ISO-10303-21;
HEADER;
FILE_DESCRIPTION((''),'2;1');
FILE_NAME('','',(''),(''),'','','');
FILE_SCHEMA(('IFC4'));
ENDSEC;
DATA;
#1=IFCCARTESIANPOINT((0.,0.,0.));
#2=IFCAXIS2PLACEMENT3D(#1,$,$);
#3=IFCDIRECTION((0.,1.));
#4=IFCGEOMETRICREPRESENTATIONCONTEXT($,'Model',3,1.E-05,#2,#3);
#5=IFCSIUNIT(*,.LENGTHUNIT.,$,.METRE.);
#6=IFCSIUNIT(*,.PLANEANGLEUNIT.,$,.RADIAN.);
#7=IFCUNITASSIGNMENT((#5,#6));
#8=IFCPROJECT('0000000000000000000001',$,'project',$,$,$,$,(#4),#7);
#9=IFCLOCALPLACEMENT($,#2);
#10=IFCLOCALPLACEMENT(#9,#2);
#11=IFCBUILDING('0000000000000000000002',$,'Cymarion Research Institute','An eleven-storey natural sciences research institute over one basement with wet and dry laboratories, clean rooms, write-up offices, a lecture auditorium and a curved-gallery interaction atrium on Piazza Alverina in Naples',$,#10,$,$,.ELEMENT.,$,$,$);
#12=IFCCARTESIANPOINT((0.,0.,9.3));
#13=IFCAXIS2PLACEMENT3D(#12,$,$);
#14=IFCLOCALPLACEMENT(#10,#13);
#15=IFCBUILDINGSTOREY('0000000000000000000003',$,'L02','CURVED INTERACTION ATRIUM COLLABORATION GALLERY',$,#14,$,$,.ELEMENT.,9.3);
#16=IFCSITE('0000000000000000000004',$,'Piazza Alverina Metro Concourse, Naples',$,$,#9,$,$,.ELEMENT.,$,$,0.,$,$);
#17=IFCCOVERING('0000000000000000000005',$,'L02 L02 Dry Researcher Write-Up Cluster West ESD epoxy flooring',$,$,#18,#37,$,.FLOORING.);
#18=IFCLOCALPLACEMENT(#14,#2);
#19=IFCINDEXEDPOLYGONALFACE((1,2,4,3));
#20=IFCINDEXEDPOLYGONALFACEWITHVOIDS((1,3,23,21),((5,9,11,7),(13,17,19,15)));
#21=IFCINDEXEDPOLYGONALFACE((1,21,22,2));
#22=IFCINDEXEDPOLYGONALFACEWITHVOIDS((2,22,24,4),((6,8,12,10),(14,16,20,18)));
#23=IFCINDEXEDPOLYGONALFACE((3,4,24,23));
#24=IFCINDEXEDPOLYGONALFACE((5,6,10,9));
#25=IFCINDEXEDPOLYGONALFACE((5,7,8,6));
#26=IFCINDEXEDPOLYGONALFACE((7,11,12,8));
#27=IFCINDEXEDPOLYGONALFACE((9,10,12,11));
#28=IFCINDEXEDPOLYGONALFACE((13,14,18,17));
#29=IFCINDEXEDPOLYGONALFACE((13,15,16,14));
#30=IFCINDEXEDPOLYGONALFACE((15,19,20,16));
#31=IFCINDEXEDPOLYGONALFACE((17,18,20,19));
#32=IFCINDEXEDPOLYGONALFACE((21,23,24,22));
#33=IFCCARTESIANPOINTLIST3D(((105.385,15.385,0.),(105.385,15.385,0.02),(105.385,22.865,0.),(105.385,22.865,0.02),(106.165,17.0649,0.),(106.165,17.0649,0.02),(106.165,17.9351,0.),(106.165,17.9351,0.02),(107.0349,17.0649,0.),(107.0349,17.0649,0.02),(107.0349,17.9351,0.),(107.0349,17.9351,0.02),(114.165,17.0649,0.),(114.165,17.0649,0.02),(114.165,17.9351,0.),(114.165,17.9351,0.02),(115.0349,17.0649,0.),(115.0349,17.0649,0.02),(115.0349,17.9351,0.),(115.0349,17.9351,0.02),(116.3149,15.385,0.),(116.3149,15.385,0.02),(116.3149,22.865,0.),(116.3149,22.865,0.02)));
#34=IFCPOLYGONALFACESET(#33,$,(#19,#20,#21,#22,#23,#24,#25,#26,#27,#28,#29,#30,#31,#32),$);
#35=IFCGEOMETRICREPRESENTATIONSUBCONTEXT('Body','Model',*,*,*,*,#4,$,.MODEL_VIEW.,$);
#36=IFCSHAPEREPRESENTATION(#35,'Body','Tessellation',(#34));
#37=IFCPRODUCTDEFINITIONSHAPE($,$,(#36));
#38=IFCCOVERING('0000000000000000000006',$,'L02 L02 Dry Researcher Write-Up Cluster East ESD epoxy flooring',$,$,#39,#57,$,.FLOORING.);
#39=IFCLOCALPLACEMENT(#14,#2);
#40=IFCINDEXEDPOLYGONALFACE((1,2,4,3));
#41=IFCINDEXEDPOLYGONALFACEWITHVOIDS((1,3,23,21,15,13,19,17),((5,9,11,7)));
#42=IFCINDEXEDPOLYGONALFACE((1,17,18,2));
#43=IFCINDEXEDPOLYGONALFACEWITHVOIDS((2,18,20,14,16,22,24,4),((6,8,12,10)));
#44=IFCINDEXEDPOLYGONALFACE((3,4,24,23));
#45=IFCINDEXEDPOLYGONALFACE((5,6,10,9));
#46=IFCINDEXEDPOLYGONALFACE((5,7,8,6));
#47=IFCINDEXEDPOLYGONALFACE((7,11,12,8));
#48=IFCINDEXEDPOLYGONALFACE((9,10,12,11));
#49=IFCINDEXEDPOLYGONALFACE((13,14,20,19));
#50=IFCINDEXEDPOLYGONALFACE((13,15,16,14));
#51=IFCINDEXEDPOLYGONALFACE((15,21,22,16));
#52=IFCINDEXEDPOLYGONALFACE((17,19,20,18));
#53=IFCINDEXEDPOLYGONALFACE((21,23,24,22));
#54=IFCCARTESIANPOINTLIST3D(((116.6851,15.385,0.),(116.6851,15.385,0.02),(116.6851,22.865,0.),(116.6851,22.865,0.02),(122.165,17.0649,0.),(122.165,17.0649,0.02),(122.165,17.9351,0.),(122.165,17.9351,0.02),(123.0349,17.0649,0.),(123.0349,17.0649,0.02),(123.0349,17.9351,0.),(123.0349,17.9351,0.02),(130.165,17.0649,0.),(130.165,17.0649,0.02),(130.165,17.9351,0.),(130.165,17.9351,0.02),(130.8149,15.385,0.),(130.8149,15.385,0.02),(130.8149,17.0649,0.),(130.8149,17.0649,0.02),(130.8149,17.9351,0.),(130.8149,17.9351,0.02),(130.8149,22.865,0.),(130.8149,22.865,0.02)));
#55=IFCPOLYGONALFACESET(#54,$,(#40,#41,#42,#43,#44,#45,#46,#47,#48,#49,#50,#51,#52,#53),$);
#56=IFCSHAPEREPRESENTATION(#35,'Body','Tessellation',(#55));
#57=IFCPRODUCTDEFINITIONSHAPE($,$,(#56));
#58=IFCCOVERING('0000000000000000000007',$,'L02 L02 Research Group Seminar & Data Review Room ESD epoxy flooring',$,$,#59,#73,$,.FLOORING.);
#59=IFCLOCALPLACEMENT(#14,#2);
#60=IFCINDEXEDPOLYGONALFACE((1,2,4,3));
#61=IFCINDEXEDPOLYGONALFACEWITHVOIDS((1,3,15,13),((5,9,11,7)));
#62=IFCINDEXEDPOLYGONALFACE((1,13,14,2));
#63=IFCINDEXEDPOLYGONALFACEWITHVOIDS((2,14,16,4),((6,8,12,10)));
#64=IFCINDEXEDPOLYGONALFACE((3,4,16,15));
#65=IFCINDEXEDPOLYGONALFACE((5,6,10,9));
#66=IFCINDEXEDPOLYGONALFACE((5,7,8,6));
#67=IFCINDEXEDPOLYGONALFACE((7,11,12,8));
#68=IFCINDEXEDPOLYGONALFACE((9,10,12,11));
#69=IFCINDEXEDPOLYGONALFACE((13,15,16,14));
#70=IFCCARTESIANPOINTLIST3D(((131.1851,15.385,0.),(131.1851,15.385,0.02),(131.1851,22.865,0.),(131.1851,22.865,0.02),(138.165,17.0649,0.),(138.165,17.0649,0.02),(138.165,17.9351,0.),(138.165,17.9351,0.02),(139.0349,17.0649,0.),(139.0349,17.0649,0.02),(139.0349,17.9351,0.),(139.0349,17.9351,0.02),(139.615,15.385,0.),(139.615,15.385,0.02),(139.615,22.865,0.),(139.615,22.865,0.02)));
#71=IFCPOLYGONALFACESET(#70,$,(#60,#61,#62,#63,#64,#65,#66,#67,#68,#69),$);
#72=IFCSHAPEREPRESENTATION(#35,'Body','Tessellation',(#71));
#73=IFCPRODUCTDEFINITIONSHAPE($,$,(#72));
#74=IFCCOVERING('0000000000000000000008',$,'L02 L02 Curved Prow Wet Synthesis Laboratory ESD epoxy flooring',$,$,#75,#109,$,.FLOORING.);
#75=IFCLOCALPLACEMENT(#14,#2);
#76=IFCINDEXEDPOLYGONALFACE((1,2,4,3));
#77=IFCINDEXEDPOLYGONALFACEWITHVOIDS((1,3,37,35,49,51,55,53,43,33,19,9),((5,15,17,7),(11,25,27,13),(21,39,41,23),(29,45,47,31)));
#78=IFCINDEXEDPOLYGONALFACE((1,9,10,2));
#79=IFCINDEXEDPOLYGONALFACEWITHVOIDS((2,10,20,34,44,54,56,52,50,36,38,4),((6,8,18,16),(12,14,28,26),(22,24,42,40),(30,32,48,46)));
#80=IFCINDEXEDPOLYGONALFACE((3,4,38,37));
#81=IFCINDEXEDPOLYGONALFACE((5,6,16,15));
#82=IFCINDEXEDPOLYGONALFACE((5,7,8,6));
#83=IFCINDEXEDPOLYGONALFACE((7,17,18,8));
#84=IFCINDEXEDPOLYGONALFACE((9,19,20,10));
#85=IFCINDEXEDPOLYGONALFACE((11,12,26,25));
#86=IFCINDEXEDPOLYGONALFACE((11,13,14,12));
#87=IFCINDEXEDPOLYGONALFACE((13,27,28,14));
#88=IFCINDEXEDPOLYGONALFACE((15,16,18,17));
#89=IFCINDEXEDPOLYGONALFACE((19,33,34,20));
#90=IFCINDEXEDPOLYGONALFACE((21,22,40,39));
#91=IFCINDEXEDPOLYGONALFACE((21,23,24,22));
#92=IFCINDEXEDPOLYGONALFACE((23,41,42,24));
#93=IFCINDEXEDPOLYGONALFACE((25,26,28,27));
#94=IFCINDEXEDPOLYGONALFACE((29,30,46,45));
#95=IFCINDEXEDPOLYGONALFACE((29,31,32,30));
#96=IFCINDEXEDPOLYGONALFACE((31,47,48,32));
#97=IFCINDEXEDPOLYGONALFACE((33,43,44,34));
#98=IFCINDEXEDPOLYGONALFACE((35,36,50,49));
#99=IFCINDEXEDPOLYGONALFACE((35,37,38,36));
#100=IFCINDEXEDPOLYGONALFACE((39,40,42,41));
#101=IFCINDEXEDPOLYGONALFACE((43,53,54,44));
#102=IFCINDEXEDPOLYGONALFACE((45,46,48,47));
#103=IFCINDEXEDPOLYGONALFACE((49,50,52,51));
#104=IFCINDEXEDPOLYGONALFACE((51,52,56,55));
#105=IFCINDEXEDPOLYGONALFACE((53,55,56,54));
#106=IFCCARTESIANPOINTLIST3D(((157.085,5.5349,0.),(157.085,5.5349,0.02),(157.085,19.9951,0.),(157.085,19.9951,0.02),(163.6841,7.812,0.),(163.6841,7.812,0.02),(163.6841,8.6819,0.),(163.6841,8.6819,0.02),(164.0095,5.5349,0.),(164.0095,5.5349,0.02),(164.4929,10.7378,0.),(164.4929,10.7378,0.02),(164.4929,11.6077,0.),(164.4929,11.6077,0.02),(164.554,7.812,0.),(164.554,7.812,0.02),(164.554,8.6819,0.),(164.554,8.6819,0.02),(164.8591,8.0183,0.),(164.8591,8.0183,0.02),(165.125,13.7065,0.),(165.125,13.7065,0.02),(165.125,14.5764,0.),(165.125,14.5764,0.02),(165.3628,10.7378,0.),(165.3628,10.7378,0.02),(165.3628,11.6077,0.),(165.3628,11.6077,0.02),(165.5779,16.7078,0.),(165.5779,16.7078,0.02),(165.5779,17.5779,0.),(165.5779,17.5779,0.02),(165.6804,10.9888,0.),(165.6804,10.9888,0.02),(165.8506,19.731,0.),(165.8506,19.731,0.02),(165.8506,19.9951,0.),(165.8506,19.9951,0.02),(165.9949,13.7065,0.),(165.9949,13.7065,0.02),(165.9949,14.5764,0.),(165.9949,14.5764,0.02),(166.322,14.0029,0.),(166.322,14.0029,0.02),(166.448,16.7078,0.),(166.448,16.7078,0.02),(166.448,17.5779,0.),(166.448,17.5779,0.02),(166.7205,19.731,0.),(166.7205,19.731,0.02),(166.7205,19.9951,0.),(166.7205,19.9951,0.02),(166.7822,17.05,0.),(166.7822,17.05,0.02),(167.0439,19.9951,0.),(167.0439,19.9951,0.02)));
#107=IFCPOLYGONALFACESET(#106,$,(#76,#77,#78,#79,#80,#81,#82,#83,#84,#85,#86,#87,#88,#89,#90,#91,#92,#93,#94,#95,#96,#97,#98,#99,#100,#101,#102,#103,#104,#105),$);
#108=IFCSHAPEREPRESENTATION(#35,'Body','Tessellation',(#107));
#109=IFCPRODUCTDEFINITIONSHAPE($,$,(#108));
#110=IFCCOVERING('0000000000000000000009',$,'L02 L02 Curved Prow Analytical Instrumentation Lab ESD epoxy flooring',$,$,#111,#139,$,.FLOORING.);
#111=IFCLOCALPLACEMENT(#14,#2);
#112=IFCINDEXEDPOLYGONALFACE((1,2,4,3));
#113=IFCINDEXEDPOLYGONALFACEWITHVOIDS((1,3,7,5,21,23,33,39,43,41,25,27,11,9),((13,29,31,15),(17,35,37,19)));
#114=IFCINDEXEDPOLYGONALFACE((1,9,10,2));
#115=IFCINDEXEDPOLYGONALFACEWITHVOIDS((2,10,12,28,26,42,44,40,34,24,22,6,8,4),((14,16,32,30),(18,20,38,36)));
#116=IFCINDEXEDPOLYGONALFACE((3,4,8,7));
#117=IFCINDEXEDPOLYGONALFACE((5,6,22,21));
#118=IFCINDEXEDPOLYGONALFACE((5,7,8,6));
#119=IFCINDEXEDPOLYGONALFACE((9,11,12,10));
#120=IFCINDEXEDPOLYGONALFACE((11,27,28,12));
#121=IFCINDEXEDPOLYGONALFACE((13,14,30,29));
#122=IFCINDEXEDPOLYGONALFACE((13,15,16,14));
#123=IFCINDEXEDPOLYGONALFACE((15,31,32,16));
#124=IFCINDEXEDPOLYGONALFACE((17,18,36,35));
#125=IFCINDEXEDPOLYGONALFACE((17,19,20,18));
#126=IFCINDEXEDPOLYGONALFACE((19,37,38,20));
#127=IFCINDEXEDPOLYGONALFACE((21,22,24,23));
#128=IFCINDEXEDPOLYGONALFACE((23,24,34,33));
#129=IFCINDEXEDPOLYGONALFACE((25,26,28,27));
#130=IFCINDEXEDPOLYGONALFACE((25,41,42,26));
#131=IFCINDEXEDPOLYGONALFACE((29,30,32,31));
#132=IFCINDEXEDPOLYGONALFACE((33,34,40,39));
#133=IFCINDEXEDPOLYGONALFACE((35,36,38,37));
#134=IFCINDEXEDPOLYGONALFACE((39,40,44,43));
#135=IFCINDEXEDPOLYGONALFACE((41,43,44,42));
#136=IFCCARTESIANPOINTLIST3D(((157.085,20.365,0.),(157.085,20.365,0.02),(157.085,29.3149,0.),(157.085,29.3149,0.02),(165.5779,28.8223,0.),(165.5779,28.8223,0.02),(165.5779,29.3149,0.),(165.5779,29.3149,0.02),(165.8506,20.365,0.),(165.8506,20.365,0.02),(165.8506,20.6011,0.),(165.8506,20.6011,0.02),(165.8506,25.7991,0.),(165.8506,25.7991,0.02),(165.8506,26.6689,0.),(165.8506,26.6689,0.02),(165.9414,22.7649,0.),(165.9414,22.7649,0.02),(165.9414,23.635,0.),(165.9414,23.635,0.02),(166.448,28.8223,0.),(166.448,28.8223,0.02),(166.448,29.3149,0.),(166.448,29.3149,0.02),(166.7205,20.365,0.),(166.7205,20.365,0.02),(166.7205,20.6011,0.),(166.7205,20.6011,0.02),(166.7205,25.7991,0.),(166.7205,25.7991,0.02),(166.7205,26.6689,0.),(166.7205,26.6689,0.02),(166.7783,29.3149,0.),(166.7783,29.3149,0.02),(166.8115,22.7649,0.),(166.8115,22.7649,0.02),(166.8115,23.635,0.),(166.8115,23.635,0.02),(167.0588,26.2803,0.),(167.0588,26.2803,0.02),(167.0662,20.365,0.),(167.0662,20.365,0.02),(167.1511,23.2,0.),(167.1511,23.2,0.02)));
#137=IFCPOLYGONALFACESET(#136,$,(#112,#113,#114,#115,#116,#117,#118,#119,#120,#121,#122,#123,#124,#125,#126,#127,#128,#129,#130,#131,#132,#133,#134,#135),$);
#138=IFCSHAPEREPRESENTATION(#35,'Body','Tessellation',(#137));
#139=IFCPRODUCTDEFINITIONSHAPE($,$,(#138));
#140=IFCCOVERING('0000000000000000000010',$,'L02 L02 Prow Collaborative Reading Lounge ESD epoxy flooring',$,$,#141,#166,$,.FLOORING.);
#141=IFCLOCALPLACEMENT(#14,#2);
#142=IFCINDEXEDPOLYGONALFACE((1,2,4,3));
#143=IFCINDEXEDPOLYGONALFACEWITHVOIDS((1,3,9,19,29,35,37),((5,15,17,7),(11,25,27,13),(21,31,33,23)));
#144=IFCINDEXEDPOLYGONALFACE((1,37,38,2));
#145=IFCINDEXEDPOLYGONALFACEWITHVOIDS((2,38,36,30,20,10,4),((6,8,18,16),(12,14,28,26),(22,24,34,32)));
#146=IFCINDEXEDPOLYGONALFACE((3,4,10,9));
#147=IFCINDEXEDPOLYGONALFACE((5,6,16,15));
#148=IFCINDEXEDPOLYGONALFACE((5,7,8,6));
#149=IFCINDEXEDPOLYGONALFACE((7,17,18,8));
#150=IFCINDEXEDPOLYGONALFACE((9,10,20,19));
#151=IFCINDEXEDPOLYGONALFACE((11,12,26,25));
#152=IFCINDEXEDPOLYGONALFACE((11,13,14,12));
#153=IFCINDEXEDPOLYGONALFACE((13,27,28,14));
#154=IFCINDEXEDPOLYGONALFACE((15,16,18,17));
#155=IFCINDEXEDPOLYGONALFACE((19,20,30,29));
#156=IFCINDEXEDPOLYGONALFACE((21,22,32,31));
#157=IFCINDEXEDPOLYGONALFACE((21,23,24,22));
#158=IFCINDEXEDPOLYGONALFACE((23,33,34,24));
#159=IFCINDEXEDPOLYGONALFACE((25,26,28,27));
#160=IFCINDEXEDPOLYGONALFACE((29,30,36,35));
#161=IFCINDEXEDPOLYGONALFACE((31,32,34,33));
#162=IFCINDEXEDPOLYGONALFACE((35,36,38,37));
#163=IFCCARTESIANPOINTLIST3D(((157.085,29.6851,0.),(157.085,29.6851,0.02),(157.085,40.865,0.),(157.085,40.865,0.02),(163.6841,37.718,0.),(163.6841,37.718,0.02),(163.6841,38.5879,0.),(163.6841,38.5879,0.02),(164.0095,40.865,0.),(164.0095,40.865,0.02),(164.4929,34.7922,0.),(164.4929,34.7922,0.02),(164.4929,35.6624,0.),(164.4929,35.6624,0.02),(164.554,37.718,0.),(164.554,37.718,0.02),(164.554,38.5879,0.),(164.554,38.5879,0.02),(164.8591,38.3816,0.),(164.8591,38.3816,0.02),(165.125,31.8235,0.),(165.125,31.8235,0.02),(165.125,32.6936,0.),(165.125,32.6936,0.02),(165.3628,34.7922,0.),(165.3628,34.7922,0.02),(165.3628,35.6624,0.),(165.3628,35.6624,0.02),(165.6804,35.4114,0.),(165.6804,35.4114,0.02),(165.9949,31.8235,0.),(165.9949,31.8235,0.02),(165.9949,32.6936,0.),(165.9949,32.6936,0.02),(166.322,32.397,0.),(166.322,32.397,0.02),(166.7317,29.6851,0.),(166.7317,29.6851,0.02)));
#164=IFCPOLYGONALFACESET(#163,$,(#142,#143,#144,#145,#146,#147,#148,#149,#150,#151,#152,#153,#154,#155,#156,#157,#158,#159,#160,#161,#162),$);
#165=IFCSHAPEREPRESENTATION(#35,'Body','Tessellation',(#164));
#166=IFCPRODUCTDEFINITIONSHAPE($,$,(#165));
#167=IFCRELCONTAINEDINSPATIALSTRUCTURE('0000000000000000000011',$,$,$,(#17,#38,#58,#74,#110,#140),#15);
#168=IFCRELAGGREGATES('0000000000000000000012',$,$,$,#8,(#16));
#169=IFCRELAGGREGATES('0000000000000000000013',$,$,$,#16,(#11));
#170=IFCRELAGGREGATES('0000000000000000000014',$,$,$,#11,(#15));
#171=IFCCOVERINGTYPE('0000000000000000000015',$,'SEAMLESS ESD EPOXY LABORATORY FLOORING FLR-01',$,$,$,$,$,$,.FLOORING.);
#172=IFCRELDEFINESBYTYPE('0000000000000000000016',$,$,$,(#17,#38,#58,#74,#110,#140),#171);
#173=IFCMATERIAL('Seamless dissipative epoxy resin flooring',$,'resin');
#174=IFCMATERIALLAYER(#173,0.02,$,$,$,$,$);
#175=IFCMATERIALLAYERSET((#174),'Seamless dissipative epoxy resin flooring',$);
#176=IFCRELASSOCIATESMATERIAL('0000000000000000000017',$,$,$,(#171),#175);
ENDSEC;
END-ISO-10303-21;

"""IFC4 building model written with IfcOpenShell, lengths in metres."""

from ifc_helpers import new_model, si_unit, direction, frame, origin, place, context, subcontext, project, spatial, polyline, outline, extrude, material, layer, layer_set, type_object, element, save


model = new_model("IFC4")

# Units and contexts
model_context = context("Model", 3, precision=1e-05, world=origin(), true_north=direction((0.0, 1.0)))
body_context = subcontext(model_context, "Body", "Model", "MODEL_VIEW")
ifc_project = project(units=[si_unit("LENGTHUNIT", "METRE"), si_unit("PLANEANGLEUNIT", "RADIAN")], contexts=[model_context])

# Site, building, storey
site_placement = place(None, origin())
site = spatial("IfcSite", under=ifc_project, at=site_placement, Name="Piazza Alverina Metro Concourse, Naples", CompositionType="ELEMENT", RefElevation=0.0)
building_placement = place(site_placement, origin())
building = spatial("IfcBuilding", under=site, at=building_placement, Name="Cymarion Research Institute", Description="An eleven-storey natural sciences research institute over one basement with wet and dry laboratories, clean rooms, write-up offices, a lecture auditorium and a curved-gallery interaction atrium on Piazza Alverina in Naples", CompositionType="ELEMENT")
storey_placement = place(building_placement, frame((0.0, 0.0, 9.3)))
storey = spatial("IfcBuildingStorey", under=building, at=storey_placement, Name="L02", Description="CURVED INTERACTION ATRIUM COLLABORATION GALLERY", CompositionType="ELEMENT", Elevation=9.3)

# Coverings
ifc_material_1 = material(Name="Seamless dissipative epoxy resin flooring", Category="resin")
ifc_layer_1 = layer(ifc_material_1, 0.02)
ifc_layer_set_1 = layer_set([ifc_layer_1], Name="Seamless dissipative epoxy resin flooring")
covering_type = type_object("IfcCoveringType", Name="SEAMLESS ESD EPOXY LABORATORY FLOORING FLR-01", PredefinedType="FLOORING", material=ifc_layer_set_1)
covering_1_placement = place(storey_placement, origin())
element("IfcCovering", 1, at=covering_1_placement, inside=storey, type_object=covering_type, Name="L02 L02 Dry Researcher Write-Up Cluster West ESD epoxy flooring", PredefinedType="FLOORING", context=body_context, shape_type="SweptSolid", body=[
    extrude(outline(polyline([(105.385, 22.865), (116.3149, 22.865), (116.3149, 15.385), (105.385, 15.385), (105.385, 22.865)]), holes=[polyline([(115.0349, 17.9351), (114.165, 17.9351), (114.165, 17.0649), (115.0349, 17.0649), (115.0349, 17.9351)]), polyline([(107.0349, 17.9351), (106.165, 17.9351), (106.165, 17.0649), (107.0349, 17.0649), (107.0349, 17.9351)])]), origin(), (0.0, 0.0, 1.0), 0.02),
])
covering_2_placement = place(storey_placement, origin())
element("IfcCovering", 2, at=covering_2_placement, inside=storey, type_object=covering_type, Name="L02 L02 Dry Researcher Write-Up Cluster East ESD epoxy flooring", PredefinedType="FLOORING", context=body_context, shape_type="SweptSolid", body=[
    extrude(outline(polyline([(116.6851, 22.865), (130.8149, 22.865), (130.8149, 17.9351), (130.165, 17.9351), (130.165, 17.0649), (130.8149, 17.0649), (130.8149, 15.385), (116.6851, 15.385), (116.6851, 22.865)]), holes=[polyline([(123.0349, 17.9351), (122.165, 17.9351), (122.165, 17.0649), (123.0349, 17.0649), (123.0349, 17.9351)])]), origin(), (0.0, 0.0, 1.0), 0.02),
])
covering_3_placement = place(storey_placement, origin())
element("IfcCovering", 3, at=covering_3_placement, inside=storey, type_object=covering_type, Name="L02 L02 Research Group Seminar & Data Review Room ESD epoxy flooring", PredefinedType="FLOORING", context=body_context, shape_type="SweptSolid", body=[
    extrude(outline(polyline([(131.1851, 22.865), (139.615, 22.865), (139.615, 15.385), (131.1851, 15.385), (131.1851, 22.865)]), holes=[polyline([(139.0349, 17.9351), (138.165, 17.9351), (138.165, 17.0649), (139.0349, 17.0649), (139.0349, 17.9351)])]), origin(), (0.0, 0.0, 1.0), 0.02),
])
covering_4_placement = place(storey_placement, origin())
element("IfcCovering", 4, at=covering_4_placement, inside=storey, type_object=covering_type, Name="L02 L02 Curved Prow Wet Synthesis Laboratory ESD epoxy flooring", PredefinedType="FLOORING", context=body_context, shape_type="SweptSolid", body=[
    extrude(outline(polyline([(157.085, 19.9951), (165.8506, 19.9951), (165.8506, 19.731), (166.7205, 19.731), (166.7205, 19.9951), (167.0439, 19.9951), (166.7822, 17.05), (166.322, 14.0029), (165.6804, 10.9888), (164.8591, 8.0183), (164.0095, 5.5349), (157.085, 5.5349), (157.085, 19.9951)]), holes=[polyline([(166.448, 17.5779), (165.5779, 17.5779), (165.5779, 16.7078), (166.448, 16.7078), (166.448, 17.5779)]), polyline([(165.9949, 14.5764), (165.125, 14.5764), (165.125, 13.7065), (165.9949, 13.7065), (165.9949, 14.5764)]), polyline([(165.3628, 11.6077), (164.4929, 11.6077), (164.4929, 10.7378), (165.3628, 10.7378), (165.3628, 11.6077)]), polyline([(164.554, 8.6819), (163.6841, 8.6819), (163.6841, 7.812), (164.554, 7.812), (164.554, 8.6819)])]), origin(), (0.0, 0.0, 1.0), 0.02),
])
covering_5_placement = place(storey_placement, origin())
element("IfcCovering", 5, at=covering_5_placement, inside=storey, type_object=covering_type, Name="L02 L02 Curved Prow Analytical Instrumentation Lab ESD epoxy flooring", PredefinedType="FLOORING", context=body_context, shape_type="SweptSolid", body=[
    extrude(outline(polyline([(157.085, 29.3149), (165.5779, 29.3149), (165.5779, 28.8223), (166.448, 28.8223), (166.448, 29.3149), (166.7783, 29.3149), (167.0588, 26.2803), (167.1511, 23.2), (167.0662, 20.365), (166.7205, 20.365), (166.7205, 20.6011), (165.8506, 20.6011), (165.8506, 20.365), (157.085, 20.365), (157.085, 29.3149)]), holes=[polyline([(166.8115, 23.635), (165.9414, 23.635), (165.9414, 22.7649), (166.8115, 22.7649), (166.8115, 23.635)]), polyline([(166.7205, 26.6689), (165.8506, 26.6689), (165.8506, 25.7991), (166.7205, 25.7991), (166.7205, 26.6689)])]), origin(), (0.0, 0.0, 1.0), 0.02),
])
covering_6_placement = place(storey_placement, origin())
element("IfcCovering", 6, at=covering_6_placement, inside=storey, type_object=covering_type, Name="L02 L02 Prow Collaborative Reading Lounge ESD epoxy flooring", PredefinedType="FLOORING", context=body_context, shape_type="SweptSolid", body=[
    extrude(outline(polyline([(157.085, 40.865), (164.0095, 40.865), (164.8591, 38.3816), (165.6804, 35.4114), (166.322, 32.397), (166.7317, 29.6851), (157.085, 29.6851), (157.085, 40.865)]), holes=[polyline([(165.9949, 32.6936), (165.125, 32.6936), (165.125, 31.8235), (165.9949, 31.8235), (165.9949, 32.6936)]), polyline([(165.3628, 35.6624), (164.4929, 35.6624), (164.4929, 34.7922), (165.3628, 34.7922), (165.3628, 35.6624)]), polyline([(164.554, 38.5879), (163.6841, 38.5879), (163.6841, 37.718), (164.554, 37.718), (164.554, 38.5879)])]), origin(), (0.0, 0.0, 1.0), 0.02),
])

save(model, "model.ifc")
